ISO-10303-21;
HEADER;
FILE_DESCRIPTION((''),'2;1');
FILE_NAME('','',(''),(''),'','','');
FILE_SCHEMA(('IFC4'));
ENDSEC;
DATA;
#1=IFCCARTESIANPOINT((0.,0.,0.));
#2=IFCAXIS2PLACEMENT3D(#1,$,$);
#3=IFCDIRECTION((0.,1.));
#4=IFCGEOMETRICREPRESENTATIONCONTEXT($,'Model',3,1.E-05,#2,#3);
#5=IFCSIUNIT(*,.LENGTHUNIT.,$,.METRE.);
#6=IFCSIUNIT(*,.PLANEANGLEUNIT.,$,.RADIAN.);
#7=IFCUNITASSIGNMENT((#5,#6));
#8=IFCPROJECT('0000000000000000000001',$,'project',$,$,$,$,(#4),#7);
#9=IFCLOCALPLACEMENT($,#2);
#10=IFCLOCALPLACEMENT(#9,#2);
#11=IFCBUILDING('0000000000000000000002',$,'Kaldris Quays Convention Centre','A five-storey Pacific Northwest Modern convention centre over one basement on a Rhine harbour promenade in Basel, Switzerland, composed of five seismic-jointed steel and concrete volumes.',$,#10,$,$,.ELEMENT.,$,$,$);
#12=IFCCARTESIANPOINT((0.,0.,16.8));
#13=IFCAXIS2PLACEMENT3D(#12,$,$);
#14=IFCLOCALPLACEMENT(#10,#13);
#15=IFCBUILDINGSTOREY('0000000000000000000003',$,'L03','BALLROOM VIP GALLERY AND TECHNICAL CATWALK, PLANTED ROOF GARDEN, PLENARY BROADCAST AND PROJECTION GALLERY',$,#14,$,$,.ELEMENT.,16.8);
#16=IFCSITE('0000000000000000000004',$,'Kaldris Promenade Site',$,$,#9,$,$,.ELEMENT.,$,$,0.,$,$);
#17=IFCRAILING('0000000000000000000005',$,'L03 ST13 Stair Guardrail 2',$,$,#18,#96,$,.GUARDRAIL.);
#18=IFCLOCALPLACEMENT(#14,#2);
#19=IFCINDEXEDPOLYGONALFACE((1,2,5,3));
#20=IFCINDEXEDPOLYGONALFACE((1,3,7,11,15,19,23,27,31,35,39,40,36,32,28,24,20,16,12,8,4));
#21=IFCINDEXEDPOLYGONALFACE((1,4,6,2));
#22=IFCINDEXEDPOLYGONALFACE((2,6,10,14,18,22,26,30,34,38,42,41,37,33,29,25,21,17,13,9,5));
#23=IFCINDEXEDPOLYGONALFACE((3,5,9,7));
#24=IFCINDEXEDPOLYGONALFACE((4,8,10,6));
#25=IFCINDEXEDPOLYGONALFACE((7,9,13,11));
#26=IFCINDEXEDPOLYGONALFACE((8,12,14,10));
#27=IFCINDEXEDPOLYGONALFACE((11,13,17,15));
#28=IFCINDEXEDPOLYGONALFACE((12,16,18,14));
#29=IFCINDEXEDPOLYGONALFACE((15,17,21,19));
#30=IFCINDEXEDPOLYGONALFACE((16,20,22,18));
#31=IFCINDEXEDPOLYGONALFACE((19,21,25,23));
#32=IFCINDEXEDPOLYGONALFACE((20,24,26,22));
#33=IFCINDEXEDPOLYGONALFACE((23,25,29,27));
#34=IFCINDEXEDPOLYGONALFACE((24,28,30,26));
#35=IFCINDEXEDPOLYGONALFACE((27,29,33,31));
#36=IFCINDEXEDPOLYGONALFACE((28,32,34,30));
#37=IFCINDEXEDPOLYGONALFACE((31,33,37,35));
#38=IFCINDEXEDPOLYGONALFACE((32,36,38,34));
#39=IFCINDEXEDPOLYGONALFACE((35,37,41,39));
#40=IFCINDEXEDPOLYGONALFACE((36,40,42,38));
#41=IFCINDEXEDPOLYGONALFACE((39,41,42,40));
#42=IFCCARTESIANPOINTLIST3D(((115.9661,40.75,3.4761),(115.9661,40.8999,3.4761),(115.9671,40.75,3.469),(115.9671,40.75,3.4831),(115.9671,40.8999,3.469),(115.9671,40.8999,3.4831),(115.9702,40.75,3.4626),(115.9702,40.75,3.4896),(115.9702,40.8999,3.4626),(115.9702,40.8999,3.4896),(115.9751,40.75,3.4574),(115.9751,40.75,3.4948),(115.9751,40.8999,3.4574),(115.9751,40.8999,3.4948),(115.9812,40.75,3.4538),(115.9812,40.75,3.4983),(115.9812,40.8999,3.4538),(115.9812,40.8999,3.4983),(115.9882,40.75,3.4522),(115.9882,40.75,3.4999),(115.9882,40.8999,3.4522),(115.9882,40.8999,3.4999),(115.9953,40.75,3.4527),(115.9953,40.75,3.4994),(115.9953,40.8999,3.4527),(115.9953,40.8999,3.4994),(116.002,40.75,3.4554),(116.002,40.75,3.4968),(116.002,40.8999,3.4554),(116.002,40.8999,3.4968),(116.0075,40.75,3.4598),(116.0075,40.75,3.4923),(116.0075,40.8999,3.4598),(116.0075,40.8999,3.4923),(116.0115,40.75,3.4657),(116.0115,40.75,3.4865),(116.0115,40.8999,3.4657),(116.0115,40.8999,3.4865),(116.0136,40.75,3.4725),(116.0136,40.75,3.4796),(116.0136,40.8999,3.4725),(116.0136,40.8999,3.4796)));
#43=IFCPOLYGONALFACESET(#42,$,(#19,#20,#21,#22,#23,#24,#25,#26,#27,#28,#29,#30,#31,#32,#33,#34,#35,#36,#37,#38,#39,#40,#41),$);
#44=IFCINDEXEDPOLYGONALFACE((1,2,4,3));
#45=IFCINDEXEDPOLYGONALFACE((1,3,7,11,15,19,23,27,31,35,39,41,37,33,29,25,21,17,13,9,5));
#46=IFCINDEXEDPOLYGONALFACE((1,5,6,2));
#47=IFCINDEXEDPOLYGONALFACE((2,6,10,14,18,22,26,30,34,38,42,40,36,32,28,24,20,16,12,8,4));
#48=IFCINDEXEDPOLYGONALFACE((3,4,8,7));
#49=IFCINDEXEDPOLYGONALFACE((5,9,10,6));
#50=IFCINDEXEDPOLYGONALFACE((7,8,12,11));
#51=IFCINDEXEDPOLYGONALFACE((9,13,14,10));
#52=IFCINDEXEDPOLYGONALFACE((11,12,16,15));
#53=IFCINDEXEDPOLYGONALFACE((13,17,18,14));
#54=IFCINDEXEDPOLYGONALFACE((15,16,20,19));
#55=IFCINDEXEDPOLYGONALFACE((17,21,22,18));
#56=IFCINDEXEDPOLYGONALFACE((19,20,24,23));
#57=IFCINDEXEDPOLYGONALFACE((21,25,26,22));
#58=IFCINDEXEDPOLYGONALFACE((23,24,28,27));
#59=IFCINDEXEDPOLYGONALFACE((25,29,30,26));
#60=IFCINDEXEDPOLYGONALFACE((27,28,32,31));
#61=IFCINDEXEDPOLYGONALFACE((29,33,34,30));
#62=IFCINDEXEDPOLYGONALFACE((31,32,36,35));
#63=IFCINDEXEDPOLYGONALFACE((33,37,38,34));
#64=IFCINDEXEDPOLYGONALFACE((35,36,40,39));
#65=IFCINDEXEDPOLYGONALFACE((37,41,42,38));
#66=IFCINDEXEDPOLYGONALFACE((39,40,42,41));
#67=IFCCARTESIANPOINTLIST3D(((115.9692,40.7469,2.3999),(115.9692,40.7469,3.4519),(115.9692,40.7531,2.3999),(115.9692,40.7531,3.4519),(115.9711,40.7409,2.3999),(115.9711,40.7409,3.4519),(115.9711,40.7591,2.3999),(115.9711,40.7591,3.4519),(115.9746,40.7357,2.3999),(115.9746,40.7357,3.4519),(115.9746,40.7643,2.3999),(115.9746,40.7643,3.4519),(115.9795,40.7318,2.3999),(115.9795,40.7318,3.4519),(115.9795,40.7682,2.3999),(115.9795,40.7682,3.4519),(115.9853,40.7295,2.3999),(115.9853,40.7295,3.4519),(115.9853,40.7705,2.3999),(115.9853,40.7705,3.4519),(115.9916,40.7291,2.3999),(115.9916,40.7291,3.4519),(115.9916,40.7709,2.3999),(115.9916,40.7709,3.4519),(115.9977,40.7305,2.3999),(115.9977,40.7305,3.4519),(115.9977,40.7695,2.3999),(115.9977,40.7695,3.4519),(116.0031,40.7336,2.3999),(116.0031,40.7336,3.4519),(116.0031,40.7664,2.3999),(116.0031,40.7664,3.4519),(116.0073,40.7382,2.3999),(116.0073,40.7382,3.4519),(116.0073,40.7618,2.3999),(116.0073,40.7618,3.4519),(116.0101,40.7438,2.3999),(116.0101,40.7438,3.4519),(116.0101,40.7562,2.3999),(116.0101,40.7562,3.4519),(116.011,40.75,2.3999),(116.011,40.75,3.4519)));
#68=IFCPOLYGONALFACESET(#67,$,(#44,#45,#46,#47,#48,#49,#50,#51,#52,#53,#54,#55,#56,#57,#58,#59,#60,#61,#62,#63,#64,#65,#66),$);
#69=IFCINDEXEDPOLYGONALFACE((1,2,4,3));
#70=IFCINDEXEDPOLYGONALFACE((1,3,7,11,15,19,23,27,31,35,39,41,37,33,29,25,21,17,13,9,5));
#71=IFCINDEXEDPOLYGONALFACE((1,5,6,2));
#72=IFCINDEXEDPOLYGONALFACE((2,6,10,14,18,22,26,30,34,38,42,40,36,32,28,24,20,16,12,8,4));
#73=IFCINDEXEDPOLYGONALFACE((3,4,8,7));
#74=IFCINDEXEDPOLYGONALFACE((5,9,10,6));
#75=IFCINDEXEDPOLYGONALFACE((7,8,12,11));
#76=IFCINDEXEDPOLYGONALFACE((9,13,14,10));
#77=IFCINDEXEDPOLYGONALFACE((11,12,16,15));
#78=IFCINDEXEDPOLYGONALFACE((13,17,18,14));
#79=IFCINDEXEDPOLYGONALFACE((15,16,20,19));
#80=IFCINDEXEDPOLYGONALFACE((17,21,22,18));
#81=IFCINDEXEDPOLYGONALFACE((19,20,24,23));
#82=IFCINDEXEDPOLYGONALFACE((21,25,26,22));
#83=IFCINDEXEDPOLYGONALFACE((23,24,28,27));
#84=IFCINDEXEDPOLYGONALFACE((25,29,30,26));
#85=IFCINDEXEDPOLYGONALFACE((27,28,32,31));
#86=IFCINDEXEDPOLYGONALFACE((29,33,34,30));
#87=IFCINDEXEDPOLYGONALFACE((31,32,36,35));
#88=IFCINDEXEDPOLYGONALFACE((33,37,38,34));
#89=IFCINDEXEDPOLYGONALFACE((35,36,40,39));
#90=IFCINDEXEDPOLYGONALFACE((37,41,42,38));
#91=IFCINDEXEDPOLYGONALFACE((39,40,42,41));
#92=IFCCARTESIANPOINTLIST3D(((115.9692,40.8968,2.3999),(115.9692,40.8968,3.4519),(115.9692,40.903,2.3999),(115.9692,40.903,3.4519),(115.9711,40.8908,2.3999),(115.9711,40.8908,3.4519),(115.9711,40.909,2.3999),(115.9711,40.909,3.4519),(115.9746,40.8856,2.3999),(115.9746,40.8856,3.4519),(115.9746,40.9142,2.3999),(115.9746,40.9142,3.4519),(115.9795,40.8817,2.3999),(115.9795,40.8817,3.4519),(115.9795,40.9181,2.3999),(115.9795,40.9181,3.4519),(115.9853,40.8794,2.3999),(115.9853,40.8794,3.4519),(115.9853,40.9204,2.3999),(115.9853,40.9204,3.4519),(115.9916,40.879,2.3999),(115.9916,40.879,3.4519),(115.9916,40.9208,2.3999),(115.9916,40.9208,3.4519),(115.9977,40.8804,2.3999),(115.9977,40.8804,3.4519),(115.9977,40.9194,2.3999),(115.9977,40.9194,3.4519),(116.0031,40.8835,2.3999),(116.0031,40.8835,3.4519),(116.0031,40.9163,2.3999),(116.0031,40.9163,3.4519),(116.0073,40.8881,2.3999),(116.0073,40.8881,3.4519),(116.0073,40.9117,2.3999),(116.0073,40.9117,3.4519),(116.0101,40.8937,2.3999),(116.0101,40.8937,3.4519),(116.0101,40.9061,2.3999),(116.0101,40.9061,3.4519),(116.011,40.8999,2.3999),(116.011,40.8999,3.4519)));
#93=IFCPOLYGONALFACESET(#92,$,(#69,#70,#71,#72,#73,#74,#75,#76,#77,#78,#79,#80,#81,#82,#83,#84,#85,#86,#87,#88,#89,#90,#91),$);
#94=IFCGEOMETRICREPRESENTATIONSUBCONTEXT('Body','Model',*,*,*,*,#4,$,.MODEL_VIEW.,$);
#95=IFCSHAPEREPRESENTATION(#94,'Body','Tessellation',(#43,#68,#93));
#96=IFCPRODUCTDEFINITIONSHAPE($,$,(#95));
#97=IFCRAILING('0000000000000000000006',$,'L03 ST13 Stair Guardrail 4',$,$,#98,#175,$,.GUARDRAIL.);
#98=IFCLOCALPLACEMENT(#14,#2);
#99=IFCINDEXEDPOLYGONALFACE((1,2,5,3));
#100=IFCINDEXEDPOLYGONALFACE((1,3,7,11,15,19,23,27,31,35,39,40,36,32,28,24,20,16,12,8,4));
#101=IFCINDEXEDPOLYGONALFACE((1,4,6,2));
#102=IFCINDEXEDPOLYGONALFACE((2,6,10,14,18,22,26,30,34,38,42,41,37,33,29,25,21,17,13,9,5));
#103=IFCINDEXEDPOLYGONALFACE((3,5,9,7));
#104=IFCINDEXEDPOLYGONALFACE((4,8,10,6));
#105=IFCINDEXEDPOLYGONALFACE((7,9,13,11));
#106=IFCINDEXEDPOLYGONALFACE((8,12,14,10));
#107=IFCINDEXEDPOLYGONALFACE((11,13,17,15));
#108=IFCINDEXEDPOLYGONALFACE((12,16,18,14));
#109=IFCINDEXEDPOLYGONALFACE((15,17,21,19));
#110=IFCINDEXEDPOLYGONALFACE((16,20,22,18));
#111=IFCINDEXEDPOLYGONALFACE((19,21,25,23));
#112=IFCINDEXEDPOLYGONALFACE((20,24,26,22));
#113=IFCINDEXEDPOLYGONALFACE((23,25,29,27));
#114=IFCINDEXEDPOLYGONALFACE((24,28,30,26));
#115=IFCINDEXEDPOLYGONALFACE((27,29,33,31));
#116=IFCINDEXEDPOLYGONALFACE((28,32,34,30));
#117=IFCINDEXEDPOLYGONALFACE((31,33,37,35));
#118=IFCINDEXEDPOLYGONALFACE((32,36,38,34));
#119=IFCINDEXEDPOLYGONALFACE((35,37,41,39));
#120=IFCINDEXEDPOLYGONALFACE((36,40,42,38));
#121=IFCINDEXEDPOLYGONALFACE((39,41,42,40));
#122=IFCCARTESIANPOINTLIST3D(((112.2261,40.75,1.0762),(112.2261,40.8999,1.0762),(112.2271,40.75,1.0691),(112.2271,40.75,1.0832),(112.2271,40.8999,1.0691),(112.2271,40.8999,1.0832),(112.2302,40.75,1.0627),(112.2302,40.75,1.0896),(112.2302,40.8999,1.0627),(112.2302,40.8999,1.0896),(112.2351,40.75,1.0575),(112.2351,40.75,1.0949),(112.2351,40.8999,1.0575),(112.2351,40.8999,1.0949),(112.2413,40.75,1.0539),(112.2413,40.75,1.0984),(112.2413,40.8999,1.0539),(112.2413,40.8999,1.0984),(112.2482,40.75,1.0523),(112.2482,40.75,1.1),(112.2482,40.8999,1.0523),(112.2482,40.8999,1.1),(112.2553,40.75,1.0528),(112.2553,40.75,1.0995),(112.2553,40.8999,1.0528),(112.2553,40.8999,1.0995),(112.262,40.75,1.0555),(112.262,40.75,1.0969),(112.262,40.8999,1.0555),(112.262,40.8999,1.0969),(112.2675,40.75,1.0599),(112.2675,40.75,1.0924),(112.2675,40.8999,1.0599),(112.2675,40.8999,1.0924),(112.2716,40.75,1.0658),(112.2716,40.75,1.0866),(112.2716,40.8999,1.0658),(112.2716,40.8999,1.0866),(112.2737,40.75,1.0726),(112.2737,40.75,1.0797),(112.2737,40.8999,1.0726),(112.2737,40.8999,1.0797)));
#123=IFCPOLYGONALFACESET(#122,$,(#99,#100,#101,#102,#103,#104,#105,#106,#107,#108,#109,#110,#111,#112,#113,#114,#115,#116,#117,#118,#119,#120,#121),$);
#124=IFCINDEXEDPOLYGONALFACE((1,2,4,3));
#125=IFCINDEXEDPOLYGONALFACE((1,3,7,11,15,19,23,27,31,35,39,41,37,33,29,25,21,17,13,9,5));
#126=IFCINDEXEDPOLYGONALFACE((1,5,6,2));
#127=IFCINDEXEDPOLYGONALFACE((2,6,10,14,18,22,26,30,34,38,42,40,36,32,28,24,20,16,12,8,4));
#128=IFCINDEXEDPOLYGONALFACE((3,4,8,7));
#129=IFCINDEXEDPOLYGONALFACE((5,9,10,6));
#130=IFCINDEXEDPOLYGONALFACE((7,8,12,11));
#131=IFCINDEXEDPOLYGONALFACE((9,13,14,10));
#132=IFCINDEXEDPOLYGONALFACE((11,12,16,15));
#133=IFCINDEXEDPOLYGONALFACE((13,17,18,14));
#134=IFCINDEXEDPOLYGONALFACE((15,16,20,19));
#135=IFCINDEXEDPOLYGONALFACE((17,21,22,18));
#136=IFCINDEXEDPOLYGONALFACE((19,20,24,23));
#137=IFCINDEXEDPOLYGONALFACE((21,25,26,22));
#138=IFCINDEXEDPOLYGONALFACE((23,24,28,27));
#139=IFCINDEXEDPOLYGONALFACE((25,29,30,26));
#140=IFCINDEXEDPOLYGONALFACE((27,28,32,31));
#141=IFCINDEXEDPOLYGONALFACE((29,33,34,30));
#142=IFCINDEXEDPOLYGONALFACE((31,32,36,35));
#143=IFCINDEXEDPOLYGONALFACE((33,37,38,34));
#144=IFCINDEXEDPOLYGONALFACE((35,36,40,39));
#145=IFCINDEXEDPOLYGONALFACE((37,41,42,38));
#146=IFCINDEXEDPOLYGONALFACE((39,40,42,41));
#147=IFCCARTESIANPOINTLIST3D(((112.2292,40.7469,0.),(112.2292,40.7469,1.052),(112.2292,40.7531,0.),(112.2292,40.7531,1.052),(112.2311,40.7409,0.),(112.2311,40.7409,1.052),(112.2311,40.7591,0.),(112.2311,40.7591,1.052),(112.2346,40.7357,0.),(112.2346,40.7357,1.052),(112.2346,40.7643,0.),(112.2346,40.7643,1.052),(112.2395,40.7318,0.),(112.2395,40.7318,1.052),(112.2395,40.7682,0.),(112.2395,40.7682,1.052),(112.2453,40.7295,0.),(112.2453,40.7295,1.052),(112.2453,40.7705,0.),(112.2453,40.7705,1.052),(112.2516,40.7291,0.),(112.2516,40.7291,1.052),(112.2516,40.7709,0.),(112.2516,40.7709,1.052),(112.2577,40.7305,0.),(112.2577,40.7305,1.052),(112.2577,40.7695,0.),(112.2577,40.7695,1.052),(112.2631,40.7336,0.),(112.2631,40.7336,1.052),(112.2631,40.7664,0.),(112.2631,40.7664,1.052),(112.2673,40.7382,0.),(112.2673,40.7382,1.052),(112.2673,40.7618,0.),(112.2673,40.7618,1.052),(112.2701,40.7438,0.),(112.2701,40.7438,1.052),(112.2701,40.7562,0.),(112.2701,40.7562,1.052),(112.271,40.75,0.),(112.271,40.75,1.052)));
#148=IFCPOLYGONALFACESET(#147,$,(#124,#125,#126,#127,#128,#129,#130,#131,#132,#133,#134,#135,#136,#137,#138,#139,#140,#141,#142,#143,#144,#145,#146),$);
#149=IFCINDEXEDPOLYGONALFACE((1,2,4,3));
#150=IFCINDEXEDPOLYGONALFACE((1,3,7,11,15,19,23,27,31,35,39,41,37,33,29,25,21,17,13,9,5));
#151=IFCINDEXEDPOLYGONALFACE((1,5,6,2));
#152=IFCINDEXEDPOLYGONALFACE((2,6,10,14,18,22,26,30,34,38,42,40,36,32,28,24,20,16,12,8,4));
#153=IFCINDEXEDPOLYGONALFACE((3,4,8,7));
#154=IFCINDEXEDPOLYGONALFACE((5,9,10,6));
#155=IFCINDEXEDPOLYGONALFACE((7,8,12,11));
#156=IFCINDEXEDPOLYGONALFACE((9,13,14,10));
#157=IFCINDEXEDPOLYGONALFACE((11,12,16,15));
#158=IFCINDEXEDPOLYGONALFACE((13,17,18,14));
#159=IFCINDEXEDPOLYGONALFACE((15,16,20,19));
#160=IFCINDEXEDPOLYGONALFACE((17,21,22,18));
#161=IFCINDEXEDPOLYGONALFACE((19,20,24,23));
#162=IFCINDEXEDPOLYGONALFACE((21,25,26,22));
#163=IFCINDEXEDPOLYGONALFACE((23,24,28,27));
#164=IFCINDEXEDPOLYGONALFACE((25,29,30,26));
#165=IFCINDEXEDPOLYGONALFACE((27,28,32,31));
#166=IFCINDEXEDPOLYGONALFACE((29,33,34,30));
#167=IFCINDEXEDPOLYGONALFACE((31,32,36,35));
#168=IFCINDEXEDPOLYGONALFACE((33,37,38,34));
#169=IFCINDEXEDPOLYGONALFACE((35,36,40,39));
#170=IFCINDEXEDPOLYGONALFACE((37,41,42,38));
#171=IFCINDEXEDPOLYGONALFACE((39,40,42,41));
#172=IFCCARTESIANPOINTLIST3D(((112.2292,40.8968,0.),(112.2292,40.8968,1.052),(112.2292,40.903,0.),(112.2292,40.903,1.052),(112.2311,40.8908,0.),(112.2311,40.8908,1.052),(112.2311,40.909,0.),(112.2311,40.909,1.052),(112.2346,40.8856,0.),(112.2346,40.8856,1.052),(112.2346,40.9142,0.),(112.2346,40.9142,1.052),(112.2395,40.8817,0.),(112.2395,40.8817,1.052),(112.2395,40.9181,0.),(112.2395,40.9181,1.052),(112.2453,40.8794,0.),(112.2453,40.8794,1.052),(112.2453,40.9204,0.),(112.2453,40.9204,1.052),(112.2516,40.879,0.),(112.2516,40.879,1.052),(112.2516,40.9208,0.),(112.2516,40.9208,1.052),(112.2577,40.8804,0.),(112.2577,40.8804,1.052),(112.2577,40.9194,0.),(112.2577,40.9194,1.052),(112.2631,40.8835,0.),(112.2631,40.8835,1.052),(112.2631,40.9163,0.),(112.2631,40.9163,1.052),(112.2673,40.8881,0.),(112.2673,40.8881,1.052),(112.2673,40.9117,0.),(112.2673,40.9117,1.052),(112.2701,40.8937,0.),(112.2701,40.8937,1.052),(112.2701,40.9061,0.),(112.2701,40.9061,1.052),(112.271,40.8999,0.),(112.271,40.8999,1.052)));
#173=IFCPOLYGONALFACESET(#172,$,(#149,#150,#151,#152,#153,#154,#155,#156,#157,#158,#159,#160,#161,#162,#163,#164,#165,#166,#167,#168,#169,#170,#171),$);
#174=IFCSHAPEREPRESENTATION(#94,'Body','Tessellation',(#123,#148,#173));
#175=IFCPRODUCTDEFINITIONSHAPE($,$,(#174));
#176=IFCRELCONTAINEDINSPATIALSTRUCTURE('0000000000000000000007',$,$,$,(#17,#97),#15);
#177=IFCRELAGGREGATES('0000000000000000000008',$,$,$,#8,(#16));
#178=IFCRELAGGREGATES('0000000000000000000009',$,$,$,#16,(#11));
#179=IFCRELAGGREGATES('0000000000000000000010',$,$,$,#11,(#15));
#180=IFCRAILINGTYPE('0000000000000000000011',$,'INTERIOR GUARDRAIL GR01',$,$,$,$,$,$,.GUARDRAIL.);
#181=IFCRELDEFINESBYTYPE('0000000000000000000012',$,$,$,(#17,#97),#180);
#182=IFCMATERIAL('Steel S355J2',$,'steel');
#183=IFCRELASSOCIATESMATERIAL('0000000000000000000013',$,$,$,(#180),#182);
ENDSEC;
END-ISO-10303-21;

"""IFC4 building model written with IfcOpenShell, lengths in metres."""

from ifc_helpers import new_model, si_unit, direction, frame, origin, origin_2d, place, context, subcontext, project, spatial, circle, extrude, material, type_object, element, save


model = new_model("IFC4")

# Units and contexts
model_context = context("Model", 3, precision=1e-05, world=origin(), true_north=direction((0.0, 1.0)))
body_context = subcontext(model_context, "Body", "Model", "MODEL_VIEW")
ifc_project = project(units=[si_unit("LENGTHUNIT", "METRE"), si_unit("PLANEANGLEUNIT", "RADIAN")], contexts=[model_context])

# Site, building, storey
site_placement = place(None, origin())
site = spatial("IfcSite", under=ifc_project, at=site_placement, Name="Kaldris Promenade Site", CompositionType="ELEMENT", RefElevation=0.0)
building_placement = place(site_placement, origin())
building = spatial("IfcBuilding", under=site, at=building_placement, Name="Kaldris Quays Convention Centre", Description="A five-storey Pacific Northwest Modern convention centre over one basement on a Rhine harbour promenade in Basel, Switzerland, composed of five seismic-jointed steel and concrete volumes.", CompositionType="ELEMENT")
storey_placement = place(building_placement, frame((0.0, 0.0, 16.8)))
storey = spatial("IfcBuildingStorey", under=building, at=storey_placement, Name="L03", Description="BALLROOM VIP GALLERY AND TECHNICAL CATWALK, PLANTED ROOF GARDEN, PLENARY BROADCAST AND PROJECTION GALLERY", CompositionType="ELEMENT", Elevation=16.8)

# Railings
ifc_material_1 = material(Name="Steel S355J2", Category="steel")
railing_type_1 = type_object("IfcRailingType", Name="INTERIOR GUARDRAIL GR01", PredefinedType="GUARDRAIL", material=ifc_material_1)
for number, where, name in (
    (1, (115.99, 40.75, 2.3999), "L03 ST13 Stair Guardrail 2"),
    (2, (112.25, 40.75, 0.0), "L03 ST13 Stair Guardrail 4"),
):
    element("IfcRailing", number, at=place(storey_placement, frame(where)), inside=storey, type_object=railing_type_1, Name=name, PredefinedType="GUARDRAIL", context=body_context, shape_type="SweptSolid", body=[
        extrude(circle(Radius=0.0239, at=origin_2d()), frame((0.0, 0.0, 1.0762), z_axis=(0.0, 1.0, 0.0), x_axis=(-1.0, 0.0, 0.0)), (0.0, 0.0, 1.0), 0.1499),
        extrude(circle(Radius=0.021, at=origin_2d()), origin(), (0.0, 0.0, 1.0), 1.052),
        extrude(circle(Radius=0.021, at=origin_2d()), frame((0.0, 0.1499, 0.0)), (0.0, 0.0, 1.0), 1.052),
    ])

save(model, "model.ifc")
